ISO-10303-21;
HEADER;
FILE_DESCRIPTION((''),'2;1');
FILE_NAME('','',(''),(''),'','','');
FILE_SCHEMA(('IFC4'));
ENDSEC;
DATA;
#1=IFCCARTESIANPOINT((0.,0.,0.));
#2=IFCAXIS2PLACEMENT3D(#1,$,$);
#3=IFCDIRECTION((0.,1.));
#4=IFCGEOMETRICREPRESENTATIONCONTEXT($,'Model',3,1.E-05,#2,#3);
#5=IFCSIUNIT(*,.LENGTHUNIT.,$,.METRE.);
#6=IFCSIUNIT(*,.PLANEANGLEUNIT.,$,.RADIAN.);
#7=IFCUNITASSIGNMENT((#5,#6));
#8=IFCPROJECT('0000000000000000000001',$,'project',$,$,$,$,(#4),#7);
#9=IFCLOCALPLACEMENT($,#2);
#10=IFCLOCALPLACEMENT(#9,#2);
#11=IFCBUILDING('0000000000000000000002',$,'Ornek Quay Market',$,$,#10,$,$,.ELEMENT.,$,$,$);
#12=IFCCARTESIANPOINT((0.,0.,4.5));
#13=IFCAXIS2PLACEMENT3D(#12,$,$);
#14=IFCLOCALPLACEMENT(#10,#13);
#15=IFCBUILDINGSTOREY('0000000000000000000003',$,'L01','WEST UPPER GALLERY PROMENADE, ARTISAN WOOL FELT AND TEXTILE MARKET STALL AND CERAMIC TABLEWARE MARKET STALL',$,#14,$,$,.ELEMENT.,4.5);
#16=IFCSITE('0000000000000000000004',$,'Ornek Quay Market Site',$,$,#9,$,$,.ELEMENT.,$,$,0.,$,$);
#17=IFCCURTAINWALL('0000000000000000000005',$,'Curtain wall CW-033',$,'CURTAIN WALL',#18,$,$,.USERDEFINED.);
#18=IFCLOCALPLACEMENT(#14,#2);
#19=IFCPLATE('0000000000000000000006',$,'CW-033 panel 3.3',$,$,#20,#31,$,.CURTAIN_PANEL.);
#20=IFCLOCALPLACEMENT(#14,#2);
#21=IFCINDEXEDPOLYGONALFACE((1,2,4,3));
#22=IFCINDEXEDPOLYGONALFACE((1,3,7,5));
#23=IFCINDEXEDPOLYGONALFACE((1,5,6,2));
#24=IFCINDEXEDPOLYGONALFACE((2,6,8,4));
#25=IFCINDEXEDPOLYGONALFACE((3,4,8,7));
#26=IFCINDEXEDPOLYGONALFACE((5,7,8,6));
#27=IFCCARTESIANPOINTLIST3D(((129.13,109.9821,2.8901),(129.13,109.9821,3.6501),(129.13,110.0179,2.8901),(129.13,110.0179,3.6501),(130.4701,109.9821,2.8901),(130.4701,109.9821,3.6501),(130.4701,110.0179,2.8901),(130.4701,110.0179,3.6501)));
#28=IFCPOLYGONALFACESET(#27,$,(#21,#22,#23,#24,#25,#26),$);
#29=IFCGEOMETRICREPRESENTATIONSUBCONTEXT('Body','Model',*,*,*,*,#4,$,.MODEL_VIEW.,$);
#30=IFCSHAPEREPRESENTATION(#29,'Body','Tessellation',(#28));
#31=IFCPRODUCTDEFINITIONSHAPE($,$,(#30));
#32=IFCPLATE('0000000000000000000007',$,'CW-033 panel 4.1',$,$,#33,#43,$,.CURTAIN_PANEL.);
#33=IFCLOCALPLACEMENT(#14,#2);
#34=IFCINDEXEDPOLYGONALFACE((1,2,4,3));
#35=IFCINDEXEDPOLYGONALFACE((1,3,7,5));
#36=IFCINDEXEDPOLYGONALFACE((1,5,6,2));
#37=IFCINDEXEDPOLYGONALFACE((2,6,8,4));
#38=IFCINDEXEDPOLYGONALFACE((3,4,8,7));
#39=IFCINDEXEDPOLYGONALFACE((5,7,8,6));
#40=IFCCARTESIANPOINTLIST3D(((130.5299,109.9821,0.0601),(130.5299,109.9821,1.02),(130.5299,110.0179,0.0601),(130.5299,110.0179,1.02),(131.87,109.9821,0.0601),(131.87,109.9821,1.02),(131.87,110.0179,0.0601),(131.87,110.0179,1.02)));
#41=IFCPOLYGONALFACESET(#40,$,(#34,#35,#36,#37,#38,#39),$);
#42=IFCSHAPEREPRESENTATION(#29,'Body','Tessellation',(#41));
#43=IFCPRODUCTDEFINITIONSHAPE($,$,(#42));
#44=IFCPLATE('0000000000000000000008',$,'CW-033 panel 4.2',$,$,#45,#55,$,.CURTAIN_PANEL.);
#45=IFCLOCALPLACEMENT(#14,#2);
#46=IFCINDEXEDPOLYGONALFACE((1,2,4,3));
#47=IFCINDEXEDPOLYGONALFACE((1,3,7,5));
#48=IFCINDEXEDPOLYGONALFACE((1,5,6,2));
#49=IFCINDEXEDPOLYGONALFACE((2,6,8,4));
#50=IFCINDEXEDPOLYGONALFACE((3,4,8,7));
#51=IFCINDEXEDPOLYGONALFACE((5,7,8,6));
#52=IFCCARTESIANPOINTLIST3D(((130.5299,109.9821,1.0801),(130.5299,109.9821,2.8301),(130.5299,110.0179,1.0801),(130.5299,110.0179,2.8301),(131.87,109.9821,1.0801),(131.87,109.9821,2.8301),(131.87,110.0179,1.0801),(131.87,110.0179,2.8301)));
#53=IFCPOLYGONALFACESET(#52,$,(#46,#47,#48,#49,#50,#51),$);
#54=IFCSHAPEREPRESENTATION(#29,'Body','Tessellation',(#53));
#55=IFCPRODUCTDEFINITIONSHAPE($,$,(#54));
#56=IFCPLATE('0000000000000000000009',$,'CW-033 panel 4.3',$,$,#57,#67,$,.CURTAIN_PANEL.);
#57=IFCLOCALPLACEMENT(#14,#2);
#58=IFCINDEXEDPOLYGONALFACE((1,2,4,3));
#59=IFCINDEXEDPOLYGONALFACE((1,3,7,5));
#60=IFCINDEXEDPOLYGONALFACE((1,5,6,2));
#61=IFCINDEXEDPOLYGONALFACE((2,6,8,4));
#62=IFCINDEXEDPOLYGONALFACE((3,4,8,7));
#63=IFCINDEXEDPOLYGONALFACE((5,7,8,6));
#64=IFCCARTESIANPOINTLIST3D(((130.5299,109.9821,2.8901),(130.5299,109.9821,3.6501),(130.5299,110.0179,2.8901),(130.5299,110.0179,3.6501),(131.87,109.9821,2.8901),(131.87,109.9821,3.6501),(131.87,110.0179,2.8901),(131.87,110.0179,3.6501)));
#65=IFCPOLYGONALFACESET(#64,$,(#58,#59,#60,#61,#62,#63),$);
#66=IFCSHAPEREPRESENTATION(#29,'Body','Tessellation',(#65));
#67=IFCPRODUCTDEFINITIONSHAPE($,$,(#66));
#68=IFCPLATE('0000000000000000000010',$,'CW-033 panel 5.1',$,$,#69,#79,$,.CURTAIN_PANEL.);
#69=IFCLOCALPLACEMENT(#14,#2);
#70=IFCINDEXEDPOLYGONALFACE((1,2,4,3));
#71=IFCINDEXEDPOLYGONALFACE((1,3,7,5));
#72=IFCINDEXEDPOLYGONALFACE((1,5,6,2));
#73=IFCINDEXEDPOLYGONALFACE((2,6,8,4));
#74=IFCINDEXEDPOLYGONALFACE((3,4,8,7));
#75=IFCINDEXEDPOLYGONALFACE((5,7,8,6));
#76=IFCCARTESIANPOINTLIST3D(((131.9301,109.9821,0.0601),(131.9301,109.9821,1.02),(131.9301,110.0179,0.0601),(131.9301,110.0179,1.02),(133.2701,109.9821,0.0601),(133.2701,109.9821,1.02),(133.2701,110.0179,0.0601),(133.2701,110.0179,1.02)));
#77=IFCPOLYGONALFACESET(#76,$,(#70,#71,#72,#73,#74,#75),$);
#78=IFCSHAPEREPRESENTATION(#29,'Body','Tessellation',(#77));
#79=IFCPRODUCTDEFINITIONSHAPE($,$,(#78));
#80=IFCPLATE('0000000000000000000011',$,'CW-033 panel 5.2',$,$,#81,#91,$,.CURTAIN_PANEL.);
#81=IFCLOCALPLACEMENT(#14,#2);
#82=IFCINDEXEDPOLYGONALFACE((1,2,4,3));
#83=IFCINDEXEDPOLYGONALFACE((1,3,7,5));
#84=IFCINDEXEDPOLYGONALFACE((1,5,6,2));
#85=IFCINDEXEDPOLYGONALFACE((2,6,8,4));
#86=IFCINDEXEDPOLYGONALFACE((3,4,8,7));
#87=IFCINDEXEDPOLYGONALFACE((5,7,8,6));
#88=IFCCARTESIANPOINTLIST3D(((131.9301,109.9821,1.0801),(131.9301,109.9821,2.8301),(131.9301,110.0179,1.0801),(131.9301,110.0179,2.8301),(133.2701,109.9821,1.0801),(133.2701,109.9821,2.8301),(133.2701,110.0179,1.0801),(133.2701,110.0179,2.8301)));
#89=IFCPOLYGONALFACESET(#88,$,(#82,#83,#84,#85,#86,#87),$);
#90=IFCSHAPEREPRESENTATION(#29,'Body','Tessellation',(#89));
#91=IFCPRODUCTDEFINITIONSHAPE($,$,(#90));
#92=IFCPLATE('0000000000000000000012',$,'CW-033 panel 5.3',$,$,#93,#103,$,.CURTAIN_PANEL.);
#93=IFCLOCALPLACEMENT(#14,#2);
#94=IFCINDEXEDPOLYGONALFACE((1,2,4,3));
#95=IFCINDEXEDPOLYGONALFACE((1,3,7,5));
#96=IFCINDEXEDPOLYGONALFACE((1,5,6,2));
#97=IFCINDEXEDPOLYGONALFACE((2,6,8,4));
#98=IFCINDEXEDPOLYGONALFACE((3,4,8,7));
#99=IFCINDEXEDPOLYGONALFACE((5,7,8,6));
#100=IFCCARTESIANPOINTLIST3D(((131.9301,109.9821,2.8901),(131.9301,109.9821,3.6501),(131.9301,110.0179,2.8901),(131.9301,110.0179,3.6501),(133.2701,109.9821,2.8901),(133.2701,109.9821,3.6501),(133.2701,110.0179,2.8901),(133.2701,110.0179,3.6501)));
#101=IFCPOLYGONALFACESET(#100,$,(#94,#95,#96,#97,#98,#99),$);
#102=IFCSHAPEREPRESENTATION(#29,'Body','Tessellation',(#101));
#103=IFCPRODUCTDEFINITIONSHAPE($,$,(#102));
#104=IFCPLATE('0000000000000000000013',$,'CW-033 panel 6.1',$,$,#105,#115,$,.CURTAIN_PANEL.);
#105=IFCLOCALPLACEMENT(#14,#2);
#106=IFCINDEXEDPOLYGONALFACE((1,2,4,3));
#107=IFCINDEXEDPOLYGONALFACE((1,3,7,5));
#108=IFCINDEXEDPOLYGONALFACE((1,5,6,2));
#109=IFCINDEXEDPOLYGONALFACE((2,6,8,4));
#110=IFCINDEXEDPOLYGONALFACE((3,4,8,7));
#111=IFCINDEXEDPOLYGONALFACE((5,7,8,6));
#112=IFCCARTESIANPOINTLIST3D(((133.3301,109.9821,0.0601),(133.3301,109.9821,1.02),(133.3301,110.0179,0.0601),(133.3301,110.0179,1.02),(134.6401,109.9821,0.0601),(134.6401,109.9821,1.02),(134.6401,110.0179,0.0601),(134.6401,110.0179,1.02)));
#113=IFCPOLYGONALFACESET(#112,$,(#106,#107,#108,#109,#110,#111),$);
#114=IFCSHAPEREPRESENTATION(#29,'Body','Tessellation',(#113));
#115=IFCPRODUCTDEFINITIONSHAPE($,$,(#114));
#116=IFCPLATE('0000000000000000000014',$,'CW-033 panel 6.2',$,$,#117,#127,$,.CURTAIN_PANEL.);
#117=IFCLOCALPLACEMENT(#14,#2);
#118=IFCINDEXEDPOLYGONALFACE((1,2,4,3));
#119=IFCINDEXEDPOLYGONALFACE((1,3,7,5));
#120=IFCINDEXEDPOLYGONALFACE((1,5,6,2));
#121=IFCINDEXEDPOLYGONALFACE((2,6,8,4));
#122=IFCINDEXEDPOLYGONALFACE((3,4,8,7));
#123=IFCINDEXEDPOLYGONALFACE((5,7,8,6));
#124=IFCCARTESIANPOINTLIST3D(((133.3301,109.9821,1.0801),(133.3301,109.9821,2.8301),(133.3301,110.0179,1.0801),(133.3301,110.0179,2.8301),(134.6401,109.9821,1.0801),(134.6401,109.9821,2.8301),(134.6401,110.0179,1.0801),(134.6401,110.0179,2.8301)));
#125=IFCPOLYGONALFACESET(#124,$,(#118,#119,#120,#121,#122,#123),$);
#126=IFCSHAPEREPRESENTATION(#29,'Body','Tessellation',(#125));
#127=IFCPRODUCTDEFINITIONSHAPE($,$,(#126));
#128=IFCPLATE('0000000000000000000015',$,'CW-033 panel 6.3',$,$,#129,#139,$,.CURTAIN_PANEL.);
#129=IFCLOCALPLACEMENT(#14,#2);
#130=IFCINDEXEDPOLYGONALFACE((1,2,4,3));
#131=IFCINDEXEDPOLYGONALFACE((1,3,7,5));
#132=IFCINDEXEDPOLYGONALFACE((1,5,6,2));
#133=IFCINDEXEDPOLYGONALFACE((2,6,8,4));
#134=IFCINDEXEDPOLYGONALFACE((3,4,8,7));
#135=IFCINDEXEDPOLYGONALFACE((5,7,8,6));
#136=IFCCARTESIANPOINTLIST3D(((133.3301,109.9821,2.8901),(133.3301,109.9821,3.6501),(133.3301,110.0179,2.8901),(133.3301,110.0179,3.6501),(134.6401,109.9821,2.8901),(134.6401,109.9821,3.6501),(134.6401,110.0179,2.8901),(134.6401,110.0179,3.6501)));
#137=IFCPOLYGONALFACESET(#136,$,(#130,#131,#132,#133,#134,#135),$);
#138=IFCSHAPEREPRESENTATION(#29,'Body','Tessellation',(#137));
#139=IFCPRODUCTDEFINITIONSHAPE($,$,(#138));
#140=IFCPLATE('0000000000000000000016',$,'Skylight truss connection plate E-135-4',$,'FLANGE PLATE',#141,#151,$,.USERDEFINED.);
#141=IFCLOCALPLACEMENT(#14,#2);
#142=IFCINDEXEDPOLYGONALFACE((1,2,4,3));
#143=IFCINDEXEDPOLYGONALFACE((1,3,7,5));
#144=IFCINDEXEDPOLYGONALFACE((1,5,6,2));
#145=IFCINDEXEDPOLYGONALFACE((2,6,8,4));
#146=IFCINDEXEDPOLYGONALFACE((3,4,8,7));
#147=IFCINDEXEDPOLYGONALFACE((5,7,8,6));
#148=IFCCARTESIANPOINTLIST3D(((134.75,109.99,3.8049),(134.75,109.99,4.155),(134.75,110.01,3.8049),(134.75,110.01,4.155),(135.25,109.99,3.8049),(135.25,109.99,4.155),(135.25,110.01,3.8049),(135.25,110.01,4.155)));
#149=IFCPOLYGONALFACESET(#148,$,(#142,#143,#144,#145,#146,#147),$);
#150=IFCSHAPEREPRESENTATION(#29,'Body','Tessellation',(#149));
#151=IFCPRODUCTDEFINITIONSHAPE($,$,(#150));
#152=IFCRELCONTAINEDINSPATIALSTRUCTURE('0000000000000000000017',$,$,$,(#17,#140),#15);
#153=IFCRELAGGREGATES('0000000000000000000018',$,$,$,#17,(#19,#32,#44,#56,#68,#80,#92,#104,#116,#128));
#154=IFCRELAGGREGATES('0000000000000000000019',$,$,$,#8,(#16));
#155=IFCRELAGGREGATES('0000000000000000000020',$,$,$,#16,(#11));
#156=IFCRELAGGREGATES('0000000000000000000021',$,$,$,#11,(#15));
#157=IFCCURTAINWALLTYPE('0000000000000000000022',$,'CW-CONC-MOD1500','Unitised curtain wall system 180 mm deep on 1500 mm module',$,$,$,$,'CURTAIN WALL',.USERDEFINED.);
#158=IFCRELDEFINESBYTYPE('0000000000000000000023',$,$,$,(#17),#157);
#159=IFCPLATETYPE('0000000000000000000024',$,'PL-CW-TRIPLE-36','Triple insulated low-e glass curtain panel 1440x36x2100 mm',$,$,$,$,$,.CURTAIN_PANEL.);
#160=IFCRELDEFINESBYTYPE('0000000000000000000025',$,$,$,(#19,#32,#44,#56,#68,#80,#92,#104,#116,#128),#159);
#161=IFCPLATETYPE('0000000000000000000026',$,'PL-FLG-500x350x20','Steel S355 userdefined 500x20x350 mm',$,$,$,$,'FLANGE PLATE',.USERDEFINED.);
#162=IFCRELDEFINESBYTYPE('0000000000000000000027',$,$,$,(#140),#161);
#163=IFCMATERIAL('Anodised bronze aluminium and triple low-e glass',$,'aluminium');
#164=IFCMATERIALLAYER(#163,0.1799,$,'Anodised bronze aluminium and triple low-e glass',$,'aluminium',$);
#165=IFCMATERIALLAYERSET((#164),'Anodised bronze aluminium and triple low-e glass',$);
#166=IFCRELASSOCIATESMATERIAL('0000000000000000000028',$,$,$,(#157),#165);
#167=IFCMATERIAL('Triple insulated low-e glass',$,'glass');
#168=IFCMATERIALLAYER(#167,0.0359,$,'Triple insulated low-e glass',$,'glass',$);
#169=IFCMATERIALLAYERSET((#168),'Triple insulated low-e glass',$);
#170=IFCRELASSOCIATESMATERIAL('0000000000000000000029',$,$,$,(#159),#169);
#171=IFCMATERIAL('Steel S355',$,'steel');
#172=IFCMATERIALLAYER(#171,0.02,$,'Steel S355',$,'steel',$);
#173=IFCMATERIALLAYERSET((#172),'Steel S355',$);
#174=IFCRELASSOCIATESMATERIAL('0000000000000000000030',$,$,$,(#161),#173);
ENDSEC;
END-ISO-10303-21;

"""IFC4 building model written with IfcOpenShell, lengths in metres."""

from ifc_helpers import new_model, si_unit, direction, frame, origin, origin_2d, place, context, subcontext, project, spatial, rectangle, extrude, material, layer, layer_set, type_object, element, aggregate, save


model = new_model("IFC4")

# Units and contexts
model_context = context("Model", 3, precision=1e-05, world=origin(), true_north=direction((0.0, 1.0)))
body_context = subcontext(model_context, "Body", "Model", "MODEL_VIEW")
ifc_project = project(units=[si_unit("LENGTHUNIT", "METRE"), si_unit("PLANEANGLEUNIT", "RADIAN")], contexts=[model_context])

# Site, building, storey
site_placement = place(None, origin())
site = spatial("IfcSite", under=ifc_project, at=site_placement, Name="Ornek Quay Market Site", CompositionType="ELEMENT", RefElevation=0.0)
building_placement = place(site_placement, origin())
building = spatial("IfcBuilding", under=site, at=building_placement, Name="Ornek Quay Market", CompositionType="ELEMENT")
storey_placement = place(building_placement, frame((0.0, 0.0, 4.5)))
storey = spatial("IfcBuildingStorey", under=building, at=storey_placement, Name="L01", Description="WEST UPPER GALLERY PROMENADE, ARTISAN WOOL FELT AND TEXTILE MARKET STALL AND CERAMIC TABLEWARE MARKET STALL", CompositionType="ELEMENT", Elevation=4.5)

# Curtain wall
ifc_material_1 = material(Name="Anodised bronze aluminium and triple low-e glass", Category="aluminium")
ifc_layer_1 = layer(ifc_material_1, 0.1799, Name="Anodised bronze aluminium and triple low-e glass", Category="aluminium")
ifc_layer_set_1 = layer_set([ifc_layer_1], Name="Anodised bronze aluminium and triple low-e glass")
curtain_wall_type = type_object("IfcCurtainWallType", Name="CW-CONC-MOD1500", Description="Unitised curtain wall system 180 mm deep on 1500 mm module", ElementType="CURTAIN WALL", PredefinedType="USERDEFINED", material=ifc_layer_set_1)
curtain_wall_1_placement = place(storey_placement, origin())
curtain_wall_1 = element("IfcCurtainWall", 1, at=curtain_wall_1_placement, inside=storey, type_object=curtain_wall_type, Name="Curtain wall CW-033", ObjectType="CURTAIN WALL", PredefinedType="USERDEFINED")

# Plates
ifc_material_2 = material(Name="Triple insulated low-e glass", Category="glass")
ifc_layer_2 = layer(ifc_material_2, 0.0359, Name="Triple insulated low-e glass", Category="glass")
ifc_layer_set_2 = layer_set([ifc_layer_2], Name="Triple insulated low-e glass")
plate_type_1 = type_object("IfcPlateType", Name="PL-CW-TRIPLE-36", Description="Triple insulated low-e glass curtain panel 1440x36x2100 mm", PredefinedType="CURTAIN_PANEL", material=ifc_layer_set_2)
plate_1_placement = place(storey_placement, frame((129.8, 110.0, 2.8901), z_axis=(0.0, 0.0, 1.0), x_axis=(1.0, 0.0, 0.0)))
plate_1 = element("IfcPlate", 2, at=plate_1_placement, type_object=plate_type_1, Name="CW-033 panel 3.3", PredefinedType="CURTAIN_PANEL", context=body_context, shape_type="SweptSolid", body=[
    extrude(rectangle(XDim=1.3401, YDim=0.0359, at=origin_2d()), origin(), (0.0, 0.0, 1.0), 0.76),
])
plate_2_placement = place(storey_placement, frame((131.2, 110.0, 0.0601), z_axis=(0.0, 0.0, 1.0), x_axis=(1.0, 0.0, 0.0)))
plate_2 = element("IfcPlate", 3, at=plate_2_placement, type_object=plate_type_1, Name="CW-033 panel 4.1", PredefinedType="CURTAIN_PANEL", context=body_context, shape_type="SweptSolid", body=[
    extrude(rectangle(XDim=1.3401, YDim=0.0359, at=origin_2d()), origin(), (0.0, 0.0, 1.0), 0.96),
])
plate_3_placement = place(storey_placement, frame((131.2, 110.0, 1.0801), z_axis=(0.0, 0.0, 1.0), x_axis=(1.0, 0.0, 0.0)))
plate_3 = element("IfcPlate", 4, at=plate_3_placement, type_object=plate_type_1, Name="CW-033 panel 4.2", PredefinedType="CURTAIN_PANEL", context=body_context, shape_type="SweptSolid", body=[
    extrude(rectangle(XDim=1.3401, YDim=0.0359, at=origin_2d()), origin(), (0.0, 0.0, 1.0), 1.75),
])
plate_4_placement = place(storey_placement, frame((131.2, 110.0, 2.8901), z_axis=(0.0, 0.0, 1.0), x_axis=(1.0, 0.0, 0.0)))
plate_4 = element("IfcPlate", 5, at=plate_4_placement, type_object=plate_type_1, Name="CW-033 panel 4.3", PredefinedType="CURTAIN_PANEL", context=body_context, shape_type="SweptSolid", body=[
    extrude(rectangle(XDim=1.3401, YDim=0.0359, at=origin_2d()), origin(), (0.0, 0.0, 1.0), 0.76),
])
plate_5_placement = place(storey_placement, frame((132.6001, 110.0, 0.0601), z_axis=(0.0, 0.0, 1.0), x_axis=(1.0, 0.0, 0.0)))
plate_5 = element("IfcPlate", 6, at=plate_5_placement, type_object=plate_type_1, Name="CW-033 panel 5.1", PredefinedType="CURTAIN_PANEL", context=body_context, shape_type="SweptSolid", body=[
    extrude(rectangle(XDim=1.3401, YDim=0.0359, at=origin_2d()), origin(), (0.0, 0.0, 1.0), 0.96),
])
plate_6_placement = place(storey_placement, frame((132.6001, 110.0, 1.0801), z_axis=(0.0, 0.0, 1.0), x_axis=(1.0, 0.0, 0.0)))
plate_6 = element("IfcPlate", 7, at=plate_6_placement, type_object=plate_type_1, Name="CW-033 panel 5.2", PredefinedType="CURTAIN_PANEL", context=body_context, shape_type="SweptSolid", body=[
    extrude(rectangle(XDim=1.3401, YDim=0.0359, at=origin_2d()), origin(), (0.0, 0.0, 1.0), 1.75),
])
plate_7_placement = place(storey_placement, frame((132.6001, 110.0, 2.8901), z_axis=(0.0, 0.0, 1.0), x_axis=(1.0, 0.0, 0.0)))
plate_7 = element("IfcPlate", 8, at=plate_7_placement, type_object=plate_type_1, Name="CW-033 panel 5.3", PredefinedType="CURTAIN_PANEL", context=body_context, shape_type="SweptSolid", body=[
    extrude(rectangle(XDim=1.3401, YDim=0.0359, at=origin_2d()), origin(), (0.0, 0.0, 1.0), 0.76),
])
plate_8_placement = place(storey_placement, frame((133.9851, 110.0, 0.0601), z_axis=(0.0, 0.0, 1.0), x_axis=(1.0, 0.0, 0.0)))
plate_8 = element("IfcPlate", 9, at=plate_8_placement, type_object=plate_type_1, Name="CW-033 panel 6.1", PredefinedType="CURTAIN_PANEL", context=body_context, shape_type="SweptSolid", body=[
    extrude(rectangle(XDim=1.3101, YDim=0.0359, at=origin_2d()), origin(), (0.0, 0.0, 1.0), 0.96),
])
plate_9_placement = place(storey_placement, frame((133.9851, 110.0, 1.0801), z_axis=(0.0, 0.0, 1.0), x_axis=(1.0, 0.0, 0.0)))
plate_9 = element("IfcPlate", 10, at=plate_9_placement, type_object=plate_type_1, Name="CW-033 panel 6.2", PredefinedType="CURTAIN_PANEL", context=body_context, shape_type="SweptSolid", body=[
    extrude(rectangle(XDim=1.3101, YDim=0.0359, at=origin_2d()), origin(), (0.0, 0.0, 1.0), 1.75),
])
plate_10_placement = place(storey_placement, frame((133.9851, 110.0, 2.8901), z_axis=(0.0, 0.0, 1.0), x_axis=(1.0, 0.0, 0.0)))
plate_10 = element("IfcPlate", 11, at=plate_10_placement, type_object=plate_type_1, Name="CW-033 panel 6.3", PredefinedType="CURTAIN_PANEL", context=body_context, shape_type="SweptSolid", body=[
    extrude(rectangle(XDim=1.3101, YDim=0.0359, at=origin_2d()), origin(), (0.0, 0.0, 1.0), 0.76),
])
aggregate(curtain_wall_1, [plate_1, plate_2, plate_3, plate_4, plate_5, plate_6, plate_7, plate_8, plate_9, plate_10])
ifc_material_3 = material(Name="Steel S355", Category="steel")
ifc_layer_3 = layer(ifc_material_3, 0.02, Name="Steel S355", Category="steel")
ifc_layer_set_3 = layer_set([ifc_layer_3], Name="Steel S355")
plate_type_2 = type_object("IfcPlateType", Name="PL-FLG-500x350x20", Description="Steel S355 userdefined 500x20x350 mm", ElementType="FLANGE PLATE", PredefinedType="USERDEFINED", material=ifc_layer_set_3)
plate_11_placement = place(storey_placement, frame((135.0, 110.0, 3.8049), z_axis=(0.0, 0.0, 1.0), x_axis=(1.0, 0.0, 0.0)))
element("IfcPlate", 12, at=plate_11_placement, inside=storey, type_object=plate_type_2, Name="Skylight truss connection plate E-135-4", ObjectType="FLANGE PLATE", PredefinedType="USERDEFINED", context=body_context, shape_type="SweptSolid", body=[
    extrude(rectangle(XDim=0.5, YDim=0.02, at=origin_2d()), origin(), (0.0, 0.0, 1.0), 0.3501),
])

save(model, "model.ifc")
